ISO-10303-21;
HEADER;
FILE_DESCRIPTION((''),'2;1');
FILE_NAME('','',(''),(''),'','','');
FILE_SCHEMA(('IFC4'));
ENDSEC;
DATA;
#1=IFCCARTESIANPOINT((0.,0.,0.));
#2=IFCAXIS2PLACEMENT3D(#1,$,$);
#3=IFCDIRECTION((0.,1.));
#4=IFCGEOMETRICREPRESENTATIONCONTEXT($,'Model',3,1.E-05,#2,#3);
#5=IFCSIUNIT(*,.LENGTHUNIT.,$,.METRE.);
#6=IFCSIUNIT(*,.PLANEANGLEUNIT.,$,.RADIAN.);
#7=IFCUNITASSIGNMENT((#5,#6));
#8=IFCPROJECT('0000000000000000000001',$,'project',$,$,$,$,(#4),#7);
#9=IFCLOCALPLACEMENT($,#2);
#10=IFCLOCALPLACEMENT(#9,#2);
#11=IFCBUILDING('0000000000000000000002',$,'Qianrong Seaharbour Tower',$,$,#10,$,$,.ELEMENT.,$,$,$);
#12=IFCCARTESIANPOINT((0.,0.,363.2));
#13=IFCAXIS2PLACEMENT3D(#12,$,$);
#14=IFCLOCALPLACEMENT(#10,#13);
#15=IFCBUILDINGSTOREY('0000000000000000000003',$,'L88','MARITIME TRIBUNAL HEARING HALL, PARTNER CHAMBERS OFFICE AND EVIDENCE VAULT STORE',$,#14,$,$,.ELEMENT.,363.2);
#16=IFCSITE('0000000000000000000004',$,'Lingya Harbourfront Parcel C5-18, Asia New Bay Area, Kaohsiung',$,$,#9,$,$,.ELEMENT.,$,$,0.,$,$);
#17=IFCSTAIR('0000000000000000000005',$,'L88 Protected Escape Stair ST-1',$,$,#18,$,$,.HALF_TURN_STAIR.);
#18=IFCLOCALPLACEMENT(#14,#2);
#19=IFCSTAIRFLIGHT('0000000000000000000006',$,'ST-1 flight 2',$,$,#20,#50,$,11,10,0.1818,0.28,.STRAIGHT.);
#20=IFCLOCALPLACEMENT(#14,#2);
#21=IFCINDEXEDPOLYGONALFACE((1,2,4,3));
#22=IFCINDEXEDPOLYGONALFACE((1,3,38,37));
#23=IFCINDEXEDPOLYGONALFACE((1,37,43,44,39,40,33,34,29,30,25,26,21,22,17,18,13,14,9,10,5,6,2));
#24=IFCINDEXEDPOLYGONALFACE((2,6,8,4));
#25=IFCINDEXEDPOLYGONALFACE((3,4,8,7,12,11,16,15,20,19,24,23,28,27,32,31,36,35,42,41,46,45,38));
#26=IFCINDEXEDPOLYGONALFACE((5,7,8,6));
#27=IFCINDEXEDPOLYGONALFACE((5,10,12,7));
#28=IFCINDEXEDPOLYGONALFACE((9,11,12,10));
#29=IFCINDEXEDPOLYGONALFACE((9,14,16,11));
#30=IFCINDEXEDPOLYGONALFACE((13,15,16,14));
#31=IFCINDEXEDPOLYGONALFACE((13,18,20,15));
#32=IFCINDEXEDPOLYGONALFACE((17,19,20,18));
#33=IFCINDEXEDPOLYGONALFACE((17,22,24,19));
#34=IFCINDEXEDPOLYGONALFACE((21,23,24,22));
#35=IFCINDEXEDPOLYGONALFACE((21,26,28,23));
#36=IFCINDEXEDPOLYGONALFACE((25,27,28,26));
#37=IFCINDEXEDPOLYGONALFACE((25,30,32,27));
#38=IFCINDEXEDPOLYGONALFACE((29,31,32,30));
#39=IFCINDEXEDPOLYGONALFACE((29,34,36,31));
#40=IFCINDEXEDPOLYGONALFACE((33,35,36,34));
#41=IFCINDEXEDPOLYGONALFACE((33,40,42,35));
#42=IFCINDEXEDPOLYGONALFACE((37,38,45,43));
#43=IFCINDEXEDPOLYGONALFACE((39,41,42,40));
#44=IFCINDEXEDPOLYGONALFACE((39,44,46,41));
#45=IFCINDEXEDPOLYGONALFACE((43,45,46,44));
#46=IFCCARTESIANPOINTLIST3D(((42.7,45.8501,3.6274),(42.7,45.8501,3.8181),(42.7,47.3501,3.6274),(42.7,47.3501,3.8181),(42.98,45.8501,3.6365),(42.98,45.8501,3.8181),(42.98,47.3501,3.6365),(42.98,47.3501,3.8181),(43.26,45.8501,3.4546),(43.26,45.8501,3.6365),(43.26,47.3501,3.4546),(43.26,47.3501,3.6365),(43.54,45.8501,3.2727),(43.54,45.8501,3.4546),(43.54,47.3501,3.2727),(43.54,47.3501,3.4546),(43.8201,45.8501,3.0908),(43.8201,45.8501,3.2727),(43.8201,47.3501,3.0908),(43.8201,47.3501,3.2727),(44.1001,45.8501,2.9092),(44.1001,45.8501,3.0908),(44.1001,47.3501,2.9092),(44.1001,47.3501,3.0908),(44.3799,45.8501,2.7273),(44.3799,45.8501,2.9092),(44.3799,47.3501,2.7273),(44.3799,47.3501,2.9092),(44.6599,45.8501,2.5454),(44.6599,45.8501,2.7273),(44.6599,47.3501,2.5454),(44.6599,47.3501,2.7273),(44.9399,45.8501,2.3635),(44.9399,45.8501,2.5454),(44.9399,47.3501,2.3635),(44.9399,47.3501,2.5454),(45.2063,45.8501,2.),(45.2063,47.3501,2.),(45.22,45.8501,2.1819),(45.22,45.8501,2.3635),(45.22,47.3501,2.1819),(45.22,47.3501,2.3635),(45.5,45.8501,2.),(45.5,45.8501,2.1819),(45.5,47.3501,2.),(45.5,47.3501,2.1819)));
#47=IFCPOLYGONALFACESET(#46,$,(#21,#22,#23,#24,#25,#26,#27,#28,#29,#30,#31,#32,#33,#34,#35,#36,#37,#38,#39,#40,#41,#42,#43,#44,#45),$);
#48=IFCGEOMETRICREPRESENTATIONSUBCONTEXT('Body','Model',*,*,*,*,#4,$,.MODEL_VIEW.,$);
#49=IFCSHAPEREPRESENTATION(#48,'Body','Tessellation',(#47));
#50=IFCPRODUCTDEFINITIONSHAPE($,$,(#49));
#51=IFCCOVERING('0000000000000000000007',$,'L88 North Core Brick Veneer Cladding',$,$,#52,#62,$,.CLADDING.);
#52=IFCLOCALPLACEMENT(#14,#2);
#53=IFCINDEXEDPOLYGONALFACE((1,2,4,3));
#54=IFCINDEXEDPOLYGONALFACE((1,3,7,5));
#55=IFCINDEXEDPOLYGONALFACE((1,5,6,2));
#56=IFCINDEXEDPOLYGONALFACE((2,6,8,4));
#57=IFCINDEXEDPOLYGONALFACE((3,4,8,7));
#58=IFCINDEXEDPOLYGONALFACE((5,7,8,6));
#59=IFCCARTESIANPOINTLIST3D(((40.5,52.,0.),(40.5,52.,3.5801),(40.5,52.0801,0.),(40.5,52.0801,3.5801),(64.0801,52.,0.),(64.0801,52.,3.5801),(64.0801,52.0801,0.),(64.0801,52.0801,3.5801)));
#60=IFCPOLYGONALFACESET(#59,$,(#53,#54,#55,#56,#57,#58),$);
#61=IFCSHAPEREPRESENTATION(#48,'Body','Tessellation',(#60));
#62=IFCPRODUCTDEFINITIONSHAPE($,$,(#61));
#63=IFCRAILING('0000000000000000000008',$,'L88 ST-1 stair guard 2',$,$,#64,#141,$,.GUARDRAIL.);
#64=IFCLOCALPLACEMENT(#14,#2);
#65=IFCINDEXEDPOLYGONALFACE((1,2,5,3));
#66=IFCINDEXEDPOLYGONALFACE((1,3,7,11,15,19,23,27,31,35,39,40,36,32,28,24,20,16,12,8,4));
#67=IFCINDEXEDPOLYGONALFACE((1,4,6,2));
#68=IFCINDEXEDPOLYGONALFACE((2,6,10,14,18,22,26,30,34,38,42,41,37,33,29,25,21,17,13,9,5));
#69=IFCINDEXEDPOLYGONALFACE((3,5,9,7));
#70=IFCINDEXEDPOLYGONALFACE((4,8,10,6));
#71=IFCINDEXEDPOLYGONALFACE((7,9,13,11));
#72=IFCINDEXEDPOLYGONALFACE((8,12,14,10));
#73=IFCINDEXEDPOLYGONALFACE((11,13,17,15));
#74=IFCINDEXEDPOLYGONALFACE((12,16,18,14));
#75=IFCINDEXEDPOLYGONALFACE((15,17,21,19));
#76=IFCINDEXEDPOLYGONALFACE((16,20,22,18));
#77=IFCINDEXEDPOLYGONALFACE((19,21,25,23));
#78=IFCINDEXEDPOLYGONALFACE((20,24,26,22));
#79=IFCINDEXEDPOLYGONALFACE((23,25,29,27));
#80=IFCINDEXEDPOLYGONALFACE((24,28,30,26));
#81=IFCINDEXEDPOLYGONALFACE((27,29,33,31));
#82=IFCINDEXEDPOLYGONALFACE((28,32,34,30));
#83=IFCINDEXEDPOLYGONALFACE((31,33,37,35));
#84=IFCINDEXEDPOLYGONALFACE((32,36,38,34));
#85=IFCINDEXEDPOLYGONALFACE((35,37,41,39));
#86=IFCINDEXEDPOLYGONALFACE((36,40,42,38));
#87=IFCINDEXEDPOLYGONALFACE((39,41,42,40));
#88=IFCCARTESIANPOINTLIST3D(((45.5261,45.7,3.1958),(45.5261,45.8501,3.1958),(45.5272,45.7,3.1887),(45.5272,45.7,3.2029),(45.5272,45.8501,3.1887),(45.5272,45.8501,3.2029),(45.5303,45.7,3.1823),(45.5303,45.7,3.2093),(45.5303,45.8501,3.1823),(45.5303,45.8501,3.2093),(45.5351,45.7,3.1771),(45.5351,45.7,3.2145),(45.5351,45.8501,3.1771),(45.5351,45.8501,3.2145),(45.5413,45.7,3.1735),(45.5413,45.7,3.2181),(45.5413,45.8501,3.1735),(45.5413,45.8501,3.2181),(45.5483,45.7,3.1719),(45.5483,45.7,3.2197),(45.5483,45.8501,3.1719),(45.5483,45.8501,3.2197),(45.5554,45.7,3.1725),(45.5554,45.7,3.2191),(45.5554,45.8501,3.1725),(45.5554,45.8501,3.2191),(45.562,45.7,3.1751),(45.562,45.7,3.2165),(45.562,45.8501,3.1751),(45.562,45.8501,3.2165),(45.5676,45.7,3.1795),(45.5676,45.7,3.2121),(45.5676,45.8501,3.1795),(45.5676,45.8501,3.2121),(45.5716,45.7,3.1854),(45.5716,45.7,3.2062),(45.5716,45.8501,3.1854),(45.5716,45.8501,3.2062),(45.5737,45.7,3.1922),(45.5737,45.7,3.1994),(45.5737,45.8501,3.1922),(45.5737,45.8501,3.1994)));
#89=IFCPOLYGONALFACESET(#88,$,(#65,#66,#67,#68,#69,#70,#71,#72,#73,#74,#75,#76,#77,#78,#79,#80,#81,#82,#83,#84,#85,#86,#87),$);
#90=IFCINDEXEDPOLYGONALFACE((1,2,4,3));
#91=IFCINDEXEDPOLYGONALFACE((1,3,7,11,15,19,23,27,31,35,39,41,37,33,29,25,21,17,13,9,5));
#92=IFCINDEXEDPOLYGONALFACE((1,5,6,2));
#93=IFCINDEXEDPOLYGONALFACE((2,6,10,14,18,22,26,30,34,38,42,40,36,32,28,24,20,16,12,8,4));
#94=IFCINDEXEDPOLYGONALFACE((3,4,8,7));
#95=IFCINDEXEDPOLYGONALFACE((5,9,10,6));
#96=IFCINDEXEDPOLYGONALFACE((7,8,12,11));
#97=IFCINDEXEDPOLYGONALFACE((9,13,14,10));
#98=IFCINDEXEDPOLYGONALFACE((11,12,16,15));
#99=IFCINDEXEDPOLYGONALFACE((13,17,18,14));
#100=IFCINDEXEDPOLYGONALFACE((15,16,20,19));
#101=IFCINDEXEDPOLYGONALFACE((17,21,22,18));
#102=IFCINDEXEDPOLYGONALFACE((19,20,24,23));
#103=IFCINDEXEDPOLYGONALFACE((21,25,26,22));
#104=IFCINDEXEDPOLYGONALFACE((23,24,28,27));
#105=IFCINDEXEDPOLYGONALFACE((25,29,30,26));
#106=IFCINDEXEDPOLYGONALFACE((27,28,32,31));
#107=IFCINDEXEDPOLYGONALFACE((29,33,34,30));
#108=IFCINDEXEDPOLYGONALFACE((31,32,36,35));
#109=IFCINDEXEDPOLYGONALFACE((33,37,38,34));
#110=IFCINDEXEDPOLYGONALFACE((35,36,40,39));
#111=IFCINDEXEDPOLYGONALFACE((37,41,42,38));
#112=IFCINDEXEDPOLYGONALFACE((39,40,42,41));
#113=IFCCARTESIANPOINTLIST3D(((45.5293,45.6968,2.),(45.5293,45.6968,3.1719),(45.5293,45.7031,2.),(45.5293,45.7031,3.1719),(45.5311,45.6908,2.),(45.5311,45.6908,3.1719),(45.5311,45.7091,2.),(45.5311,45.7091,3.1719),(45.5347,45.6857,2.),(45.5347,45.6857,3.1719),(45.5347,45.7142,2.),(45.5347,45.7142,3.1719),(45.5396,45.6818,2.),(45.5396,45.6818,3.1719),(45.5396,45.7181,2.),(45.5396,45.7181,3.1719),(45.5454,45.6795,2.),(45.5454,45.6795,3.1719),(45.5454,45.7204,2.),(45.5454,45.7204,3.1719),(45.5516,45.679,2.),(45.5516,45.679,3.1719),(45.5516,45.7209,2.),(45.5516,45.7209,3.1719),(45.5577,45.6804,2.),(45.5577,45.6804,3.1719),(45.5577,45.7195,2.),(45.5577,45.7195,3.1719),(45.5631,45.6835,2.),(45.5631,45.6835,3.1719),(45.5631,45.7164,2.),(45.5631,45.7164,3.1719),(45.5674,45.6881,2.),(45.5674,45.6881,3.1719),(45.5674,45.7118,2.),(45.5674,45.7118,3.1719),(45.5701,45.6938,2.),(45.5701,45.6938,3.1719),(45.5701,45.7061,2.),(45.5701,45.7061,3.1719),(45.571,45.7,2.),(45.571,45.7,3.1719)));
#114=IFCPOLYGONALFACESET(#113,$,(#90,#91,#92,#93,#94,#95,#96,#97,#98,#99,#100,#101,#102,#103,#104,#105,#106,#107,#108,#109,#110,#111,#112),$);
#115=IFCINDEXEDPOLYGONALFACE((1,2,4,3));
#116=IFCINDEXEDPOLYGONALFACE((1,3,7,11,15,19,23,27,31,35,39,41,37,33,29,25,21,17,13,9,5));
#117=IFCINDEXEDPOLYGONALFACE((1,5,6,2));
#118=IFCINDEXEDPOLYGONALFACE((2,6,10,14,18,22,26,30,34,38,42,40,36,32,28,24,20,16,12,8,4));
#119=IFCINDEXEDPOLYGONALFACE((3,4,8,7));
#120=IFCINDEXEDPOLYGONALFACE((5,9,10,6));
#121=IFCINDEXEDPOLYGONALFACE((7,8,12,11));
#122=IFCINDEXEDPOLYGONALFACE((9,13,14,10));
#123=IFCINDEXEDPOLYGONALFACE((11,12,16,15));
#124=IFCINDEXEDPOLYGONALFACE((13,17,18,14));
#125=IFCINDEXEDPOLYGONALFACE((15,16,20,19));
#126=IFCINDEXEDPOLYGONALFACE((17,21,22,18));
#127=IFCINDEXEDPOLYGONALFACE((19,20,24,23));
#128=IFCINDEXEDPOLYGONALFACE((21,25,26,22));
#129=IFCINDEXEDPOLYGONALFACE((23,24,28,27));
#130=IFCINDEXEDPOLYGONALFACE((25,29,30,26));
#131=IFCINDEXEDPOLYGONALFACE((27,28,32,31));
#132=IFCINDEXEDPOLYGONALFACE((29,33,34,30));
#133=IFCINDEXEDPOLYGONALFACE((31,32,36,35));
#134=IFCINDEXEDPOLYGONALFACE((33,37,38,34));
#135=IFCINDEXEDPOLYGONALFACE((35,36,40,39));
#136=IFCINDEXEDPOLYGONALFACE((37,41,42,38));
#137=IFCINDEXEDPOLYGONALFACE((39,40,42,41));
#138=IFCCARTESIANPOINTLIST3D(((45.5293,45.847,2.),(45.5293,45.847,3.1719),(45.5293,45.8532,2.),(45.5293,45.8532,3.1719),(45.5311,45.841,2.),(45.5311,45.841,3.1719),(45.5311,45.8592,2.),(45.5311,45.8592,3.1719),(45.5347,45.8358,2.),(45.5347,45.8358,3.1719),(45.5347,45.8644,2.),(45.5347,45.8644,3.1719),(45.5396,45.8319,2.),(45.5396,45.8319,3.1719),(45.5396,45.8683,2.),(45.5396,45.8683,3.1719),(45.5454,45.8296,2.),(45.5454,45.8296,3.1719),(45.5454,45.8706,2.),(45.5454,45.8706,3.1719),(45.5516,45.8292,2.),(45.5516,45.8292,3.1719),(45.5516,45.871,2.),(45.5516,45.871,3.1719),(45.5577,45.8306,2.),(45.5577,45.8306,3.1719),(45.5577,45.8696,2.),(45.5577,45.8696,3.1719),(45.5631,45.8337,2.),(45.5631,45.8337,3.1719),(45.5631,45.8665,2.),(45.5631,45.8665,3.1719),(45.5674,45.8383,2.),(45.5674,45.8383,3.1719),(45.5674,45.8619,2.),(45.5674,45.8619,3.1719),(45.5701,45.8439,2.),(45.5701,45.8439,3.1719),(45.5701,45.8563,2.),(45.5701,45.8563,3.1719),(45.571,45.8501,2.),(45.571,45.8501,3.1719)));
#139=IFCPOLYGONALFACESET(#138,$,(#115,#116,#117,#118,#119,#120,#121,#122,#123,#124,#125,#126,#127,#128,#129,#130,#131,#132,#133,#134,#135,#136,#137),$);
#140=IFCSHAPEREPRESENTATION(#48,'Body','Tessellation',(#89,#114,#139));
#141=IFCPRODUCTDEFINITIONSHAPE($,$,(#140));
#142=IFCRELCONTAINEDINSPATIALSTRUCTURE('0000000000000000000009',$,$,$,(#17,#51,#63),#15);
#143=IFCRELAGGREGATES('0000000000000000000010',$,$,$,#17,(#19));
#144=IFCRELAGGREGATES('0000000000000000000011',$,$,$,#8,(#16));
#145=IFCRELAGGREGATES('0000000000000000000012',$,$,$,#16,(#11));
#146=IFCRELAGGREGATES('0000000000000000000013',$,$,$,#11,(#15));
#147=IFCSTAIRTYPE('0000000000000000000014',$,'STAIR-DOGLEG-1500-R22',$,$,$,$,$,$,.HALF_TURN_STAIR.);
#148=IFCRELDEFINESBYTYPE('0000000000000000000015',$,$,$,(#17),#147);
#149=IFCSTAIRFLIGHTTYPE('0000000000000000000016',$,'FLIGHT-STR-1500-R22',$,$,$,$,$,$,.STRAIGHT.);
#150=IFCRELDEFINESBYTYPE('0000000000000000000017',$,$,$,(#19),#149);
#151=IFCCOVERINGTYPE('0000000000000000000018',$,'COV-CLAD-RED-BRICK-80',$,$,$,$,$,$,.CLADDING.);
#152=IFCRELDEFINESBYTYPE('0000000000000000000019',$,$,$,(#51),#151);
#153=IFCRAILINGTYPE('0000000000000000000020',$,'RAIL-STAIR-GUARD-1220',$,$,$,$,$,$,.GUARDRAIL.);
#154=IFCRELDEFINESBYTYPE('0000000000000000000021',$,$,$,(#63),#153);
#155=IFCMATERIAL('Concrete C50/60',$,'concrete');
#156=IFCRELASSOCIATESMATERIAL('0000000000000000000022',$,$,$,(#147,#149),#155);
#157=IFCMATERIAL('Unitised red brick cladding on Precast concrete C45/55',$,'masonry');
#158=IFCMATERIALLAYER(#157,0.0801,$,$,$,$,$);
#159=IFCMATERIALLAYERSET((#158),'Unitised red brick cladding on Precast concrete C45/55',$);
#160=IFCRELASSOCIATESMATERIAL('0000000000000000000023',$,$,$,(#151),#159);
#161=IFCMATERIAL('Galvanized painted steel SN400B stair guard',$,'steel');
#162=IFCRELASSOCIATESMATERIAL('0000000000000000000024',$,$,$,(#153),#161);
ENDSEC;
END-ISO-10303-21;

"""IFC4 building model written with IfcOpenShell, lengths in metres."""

from ifc_helpers import new_model, si_unit, direction, frame, origin, origin_2d, place, context, subcontext, project, spatial, polyline, rectangle, circle, outline, extrude, material, layer, layer_set, type_object, element, aggregate, save


model = new_model("IFC4")

# Units and contexts
model_context = context("Model", 3, precision=1e-05, world=origin(), true_north=direction((0.0, 1.0)))
body_context = subcontext(model_context, "Body", "Model", "MODEL_VIEW")
ifc_project = project(units=[si_unit("LENGTHUNIT", "METRE"), si_unit("PLANEANGLEUNIT", "RADIAN")], contexts=[model_context])

# Site, building, storey
site_placement = place(None, origin())
site = spatial("IfcSite", under=ifc_project, at=site_placement, Name="Lingya Harbourfront Parcel C5-18, Asia New Bay Area, Kaohsiung", CompositionType="ELEMENT", RefElevation=0.0)
building_placement = place(site_placement, origin())
building = spatial("IfcBuilding", under=site, at=building_placement, Name="Qianrong Seaharbour Tower", CompositionType="ELEMENT")
storey_placement = place(building_placement, frame((0.0, 0.0, 363.2)))
storey = spatial("IfcBuildingStorey", under=building, at=storey_placement, Name="L88", Description="MARITIME TRIBUNAL HEARING HALL, PARTNER CHAMBERS OFFICE AND EVIDENCE VAULT STORE", CompositionType="ELEMENT", Elevation=363.2)

# Shared definitions
ifc_material_1 = material(Name="Concrete C50/60", Category="concrete")

# Stair, stair flight
stair_type = type_object("IfcStairType", Name="STAIR-DOGLEG-1500-R22", PredefinedType="HALF_TURN_STAIR", material=ifc_material_1)
stair_placement = place(storey_placement, origin())
stair = element("IfcStair", 1, at=stair_placement, inside=storey, type_object=stair_type, Name="L88 Protected Escape Stair ST-1", PredefinedType="HALF_TURN_STAIR")
stair_flight_type = type_object("IfcStairFlightType", Name="FLIGHT-STR-1500-R22", PredefinedType="STRAIGHT", material=ifc_material_1)
stair_flight_placement = place(storey_placement, frame((45.5, 46.6001, 2.0), z_axis=(0.0, 0.0, 1.0), x_axis=(-1.0, 0.0, 0.0)))
stair_flight = element("IfcStairFlight", 2, at=stair_flight_placement, type_object=stair_flight_type, Name="ST-1 flight 2", NumberOfRisers=11, NumberOfTreads=10, PredefinedType="STRAIGHT", RiserHeight=0.1818, TreadLength=0.28, context=body_context, shape_type="SweptSolid", body=[
    extrude(outline(polyline([(0.0, 0.0), (0.0, 0.1819), (0.28, 0.1819), (0.28, 0.3635), (0.5601, 0.3635), (0.5601, 0.5454), (0.8401, 0.5454), (0.8401, 0.7273), (1.1201, 0.7273), (1.1201, 0.9092), (1.3999, 0.9092), (1.3999, 1.0908), (1.6799, 1.0908), (1.6799, 1.2727), (1.96, 1.2727), (1.96, 1.4546), (2.24, 1.4546), (2.24, 1.6365), (2.52, 1.6365), (2.52, 1.8181), (2.8, 1.8181), (2.8, 2.0), (2.8, 1.6274), (0.2937, 0.0), (0.0, 0.0)])), frame((0.0, 0.75, 0.0), z_axis=(0.0, -1.0, 0.0), x_axis=(1.0, 0.0, 0.0)), (0.0, 0.0, 1.0), 1.5),
])
aggregate(stair, [stair_flight])

# Covering
ifc_material_2 = material(Name="Unitised red brick cladding on Precast concrete C45/55", Category="masonry")
ifc_layer_1 = layer(ifc_material_2, 0.0801)
ifc_layer_set_1 = layer_set([ifc_layer_1], Name="Unitised red brick cladding on Precast concrete C45/55")
covering_type = type_object("IfcCoveringType", Name="COV-CLAD-RED-BRICK-80", PredefinedType="CLADDING", material=ifc_layer_set_1)
covering_placement = place(storey_placement, frame((52.29, 52.04, 0.0), z_axis=(0.0, 0.0, 1.0), x_axis=(1.0, 0.0, 0.0)))
element("IfcCovering", 3, at=covering_placement, inside=storey, type_object=covering_type, Name="L88 North Core Brick Veneer Cladding", PredefinedType="CLADDING", context=body_context, shape_type="SweptSolid", body=[
    extrude(rectangle(XDim=23.5801, YDim=0.0801, at=origin_2d()), origin(), (0.0, 0.0, 1.0), 3.5801),
])

# Railing
ifc_material_3 = material(Name="Galvanized painted steel SN400B stair guard", Category="steel")
railing_type_1 = type_object("IfcRailingType", Name="RAIL-STAIR-GUARD-1220", PredefinedType="GUARDRAIL", material=ifc_material_3)
railing_1_placement = place(storey_placement, frame((45.55, 45.7, 2.0)))
element("IfcRailing", 4, at=railing_1_placement, inside=storey, type_object=railing_type_1, Name="L88 ST-1 stair guard 2", PredefinedType="GUARDRAIL", context=body_context, shape_type="SweptSolid", body=[
    extrude(circle(Radius=0.0239, at=origin_2d()), frame((0.0, 0.0, 1.1958), z_axis=(0.0, 1.0, 0.0), x_axis=(-1.0, 0.0, 0.0)), (0.0, 0.0, 1.0), 0.1501),
    extrude(circle(Radius=0.021, at=origin_2d()), origin(), (0.0, 0.0, 1.0), 1.1719),
    extrude(circle(Radius=0.021, at=origin_2d()), frame((0.0, 0.1501, 0.0)), (0.0, 0.0, 1.0), 1.1719),
])

save(model, "model.ifc")
